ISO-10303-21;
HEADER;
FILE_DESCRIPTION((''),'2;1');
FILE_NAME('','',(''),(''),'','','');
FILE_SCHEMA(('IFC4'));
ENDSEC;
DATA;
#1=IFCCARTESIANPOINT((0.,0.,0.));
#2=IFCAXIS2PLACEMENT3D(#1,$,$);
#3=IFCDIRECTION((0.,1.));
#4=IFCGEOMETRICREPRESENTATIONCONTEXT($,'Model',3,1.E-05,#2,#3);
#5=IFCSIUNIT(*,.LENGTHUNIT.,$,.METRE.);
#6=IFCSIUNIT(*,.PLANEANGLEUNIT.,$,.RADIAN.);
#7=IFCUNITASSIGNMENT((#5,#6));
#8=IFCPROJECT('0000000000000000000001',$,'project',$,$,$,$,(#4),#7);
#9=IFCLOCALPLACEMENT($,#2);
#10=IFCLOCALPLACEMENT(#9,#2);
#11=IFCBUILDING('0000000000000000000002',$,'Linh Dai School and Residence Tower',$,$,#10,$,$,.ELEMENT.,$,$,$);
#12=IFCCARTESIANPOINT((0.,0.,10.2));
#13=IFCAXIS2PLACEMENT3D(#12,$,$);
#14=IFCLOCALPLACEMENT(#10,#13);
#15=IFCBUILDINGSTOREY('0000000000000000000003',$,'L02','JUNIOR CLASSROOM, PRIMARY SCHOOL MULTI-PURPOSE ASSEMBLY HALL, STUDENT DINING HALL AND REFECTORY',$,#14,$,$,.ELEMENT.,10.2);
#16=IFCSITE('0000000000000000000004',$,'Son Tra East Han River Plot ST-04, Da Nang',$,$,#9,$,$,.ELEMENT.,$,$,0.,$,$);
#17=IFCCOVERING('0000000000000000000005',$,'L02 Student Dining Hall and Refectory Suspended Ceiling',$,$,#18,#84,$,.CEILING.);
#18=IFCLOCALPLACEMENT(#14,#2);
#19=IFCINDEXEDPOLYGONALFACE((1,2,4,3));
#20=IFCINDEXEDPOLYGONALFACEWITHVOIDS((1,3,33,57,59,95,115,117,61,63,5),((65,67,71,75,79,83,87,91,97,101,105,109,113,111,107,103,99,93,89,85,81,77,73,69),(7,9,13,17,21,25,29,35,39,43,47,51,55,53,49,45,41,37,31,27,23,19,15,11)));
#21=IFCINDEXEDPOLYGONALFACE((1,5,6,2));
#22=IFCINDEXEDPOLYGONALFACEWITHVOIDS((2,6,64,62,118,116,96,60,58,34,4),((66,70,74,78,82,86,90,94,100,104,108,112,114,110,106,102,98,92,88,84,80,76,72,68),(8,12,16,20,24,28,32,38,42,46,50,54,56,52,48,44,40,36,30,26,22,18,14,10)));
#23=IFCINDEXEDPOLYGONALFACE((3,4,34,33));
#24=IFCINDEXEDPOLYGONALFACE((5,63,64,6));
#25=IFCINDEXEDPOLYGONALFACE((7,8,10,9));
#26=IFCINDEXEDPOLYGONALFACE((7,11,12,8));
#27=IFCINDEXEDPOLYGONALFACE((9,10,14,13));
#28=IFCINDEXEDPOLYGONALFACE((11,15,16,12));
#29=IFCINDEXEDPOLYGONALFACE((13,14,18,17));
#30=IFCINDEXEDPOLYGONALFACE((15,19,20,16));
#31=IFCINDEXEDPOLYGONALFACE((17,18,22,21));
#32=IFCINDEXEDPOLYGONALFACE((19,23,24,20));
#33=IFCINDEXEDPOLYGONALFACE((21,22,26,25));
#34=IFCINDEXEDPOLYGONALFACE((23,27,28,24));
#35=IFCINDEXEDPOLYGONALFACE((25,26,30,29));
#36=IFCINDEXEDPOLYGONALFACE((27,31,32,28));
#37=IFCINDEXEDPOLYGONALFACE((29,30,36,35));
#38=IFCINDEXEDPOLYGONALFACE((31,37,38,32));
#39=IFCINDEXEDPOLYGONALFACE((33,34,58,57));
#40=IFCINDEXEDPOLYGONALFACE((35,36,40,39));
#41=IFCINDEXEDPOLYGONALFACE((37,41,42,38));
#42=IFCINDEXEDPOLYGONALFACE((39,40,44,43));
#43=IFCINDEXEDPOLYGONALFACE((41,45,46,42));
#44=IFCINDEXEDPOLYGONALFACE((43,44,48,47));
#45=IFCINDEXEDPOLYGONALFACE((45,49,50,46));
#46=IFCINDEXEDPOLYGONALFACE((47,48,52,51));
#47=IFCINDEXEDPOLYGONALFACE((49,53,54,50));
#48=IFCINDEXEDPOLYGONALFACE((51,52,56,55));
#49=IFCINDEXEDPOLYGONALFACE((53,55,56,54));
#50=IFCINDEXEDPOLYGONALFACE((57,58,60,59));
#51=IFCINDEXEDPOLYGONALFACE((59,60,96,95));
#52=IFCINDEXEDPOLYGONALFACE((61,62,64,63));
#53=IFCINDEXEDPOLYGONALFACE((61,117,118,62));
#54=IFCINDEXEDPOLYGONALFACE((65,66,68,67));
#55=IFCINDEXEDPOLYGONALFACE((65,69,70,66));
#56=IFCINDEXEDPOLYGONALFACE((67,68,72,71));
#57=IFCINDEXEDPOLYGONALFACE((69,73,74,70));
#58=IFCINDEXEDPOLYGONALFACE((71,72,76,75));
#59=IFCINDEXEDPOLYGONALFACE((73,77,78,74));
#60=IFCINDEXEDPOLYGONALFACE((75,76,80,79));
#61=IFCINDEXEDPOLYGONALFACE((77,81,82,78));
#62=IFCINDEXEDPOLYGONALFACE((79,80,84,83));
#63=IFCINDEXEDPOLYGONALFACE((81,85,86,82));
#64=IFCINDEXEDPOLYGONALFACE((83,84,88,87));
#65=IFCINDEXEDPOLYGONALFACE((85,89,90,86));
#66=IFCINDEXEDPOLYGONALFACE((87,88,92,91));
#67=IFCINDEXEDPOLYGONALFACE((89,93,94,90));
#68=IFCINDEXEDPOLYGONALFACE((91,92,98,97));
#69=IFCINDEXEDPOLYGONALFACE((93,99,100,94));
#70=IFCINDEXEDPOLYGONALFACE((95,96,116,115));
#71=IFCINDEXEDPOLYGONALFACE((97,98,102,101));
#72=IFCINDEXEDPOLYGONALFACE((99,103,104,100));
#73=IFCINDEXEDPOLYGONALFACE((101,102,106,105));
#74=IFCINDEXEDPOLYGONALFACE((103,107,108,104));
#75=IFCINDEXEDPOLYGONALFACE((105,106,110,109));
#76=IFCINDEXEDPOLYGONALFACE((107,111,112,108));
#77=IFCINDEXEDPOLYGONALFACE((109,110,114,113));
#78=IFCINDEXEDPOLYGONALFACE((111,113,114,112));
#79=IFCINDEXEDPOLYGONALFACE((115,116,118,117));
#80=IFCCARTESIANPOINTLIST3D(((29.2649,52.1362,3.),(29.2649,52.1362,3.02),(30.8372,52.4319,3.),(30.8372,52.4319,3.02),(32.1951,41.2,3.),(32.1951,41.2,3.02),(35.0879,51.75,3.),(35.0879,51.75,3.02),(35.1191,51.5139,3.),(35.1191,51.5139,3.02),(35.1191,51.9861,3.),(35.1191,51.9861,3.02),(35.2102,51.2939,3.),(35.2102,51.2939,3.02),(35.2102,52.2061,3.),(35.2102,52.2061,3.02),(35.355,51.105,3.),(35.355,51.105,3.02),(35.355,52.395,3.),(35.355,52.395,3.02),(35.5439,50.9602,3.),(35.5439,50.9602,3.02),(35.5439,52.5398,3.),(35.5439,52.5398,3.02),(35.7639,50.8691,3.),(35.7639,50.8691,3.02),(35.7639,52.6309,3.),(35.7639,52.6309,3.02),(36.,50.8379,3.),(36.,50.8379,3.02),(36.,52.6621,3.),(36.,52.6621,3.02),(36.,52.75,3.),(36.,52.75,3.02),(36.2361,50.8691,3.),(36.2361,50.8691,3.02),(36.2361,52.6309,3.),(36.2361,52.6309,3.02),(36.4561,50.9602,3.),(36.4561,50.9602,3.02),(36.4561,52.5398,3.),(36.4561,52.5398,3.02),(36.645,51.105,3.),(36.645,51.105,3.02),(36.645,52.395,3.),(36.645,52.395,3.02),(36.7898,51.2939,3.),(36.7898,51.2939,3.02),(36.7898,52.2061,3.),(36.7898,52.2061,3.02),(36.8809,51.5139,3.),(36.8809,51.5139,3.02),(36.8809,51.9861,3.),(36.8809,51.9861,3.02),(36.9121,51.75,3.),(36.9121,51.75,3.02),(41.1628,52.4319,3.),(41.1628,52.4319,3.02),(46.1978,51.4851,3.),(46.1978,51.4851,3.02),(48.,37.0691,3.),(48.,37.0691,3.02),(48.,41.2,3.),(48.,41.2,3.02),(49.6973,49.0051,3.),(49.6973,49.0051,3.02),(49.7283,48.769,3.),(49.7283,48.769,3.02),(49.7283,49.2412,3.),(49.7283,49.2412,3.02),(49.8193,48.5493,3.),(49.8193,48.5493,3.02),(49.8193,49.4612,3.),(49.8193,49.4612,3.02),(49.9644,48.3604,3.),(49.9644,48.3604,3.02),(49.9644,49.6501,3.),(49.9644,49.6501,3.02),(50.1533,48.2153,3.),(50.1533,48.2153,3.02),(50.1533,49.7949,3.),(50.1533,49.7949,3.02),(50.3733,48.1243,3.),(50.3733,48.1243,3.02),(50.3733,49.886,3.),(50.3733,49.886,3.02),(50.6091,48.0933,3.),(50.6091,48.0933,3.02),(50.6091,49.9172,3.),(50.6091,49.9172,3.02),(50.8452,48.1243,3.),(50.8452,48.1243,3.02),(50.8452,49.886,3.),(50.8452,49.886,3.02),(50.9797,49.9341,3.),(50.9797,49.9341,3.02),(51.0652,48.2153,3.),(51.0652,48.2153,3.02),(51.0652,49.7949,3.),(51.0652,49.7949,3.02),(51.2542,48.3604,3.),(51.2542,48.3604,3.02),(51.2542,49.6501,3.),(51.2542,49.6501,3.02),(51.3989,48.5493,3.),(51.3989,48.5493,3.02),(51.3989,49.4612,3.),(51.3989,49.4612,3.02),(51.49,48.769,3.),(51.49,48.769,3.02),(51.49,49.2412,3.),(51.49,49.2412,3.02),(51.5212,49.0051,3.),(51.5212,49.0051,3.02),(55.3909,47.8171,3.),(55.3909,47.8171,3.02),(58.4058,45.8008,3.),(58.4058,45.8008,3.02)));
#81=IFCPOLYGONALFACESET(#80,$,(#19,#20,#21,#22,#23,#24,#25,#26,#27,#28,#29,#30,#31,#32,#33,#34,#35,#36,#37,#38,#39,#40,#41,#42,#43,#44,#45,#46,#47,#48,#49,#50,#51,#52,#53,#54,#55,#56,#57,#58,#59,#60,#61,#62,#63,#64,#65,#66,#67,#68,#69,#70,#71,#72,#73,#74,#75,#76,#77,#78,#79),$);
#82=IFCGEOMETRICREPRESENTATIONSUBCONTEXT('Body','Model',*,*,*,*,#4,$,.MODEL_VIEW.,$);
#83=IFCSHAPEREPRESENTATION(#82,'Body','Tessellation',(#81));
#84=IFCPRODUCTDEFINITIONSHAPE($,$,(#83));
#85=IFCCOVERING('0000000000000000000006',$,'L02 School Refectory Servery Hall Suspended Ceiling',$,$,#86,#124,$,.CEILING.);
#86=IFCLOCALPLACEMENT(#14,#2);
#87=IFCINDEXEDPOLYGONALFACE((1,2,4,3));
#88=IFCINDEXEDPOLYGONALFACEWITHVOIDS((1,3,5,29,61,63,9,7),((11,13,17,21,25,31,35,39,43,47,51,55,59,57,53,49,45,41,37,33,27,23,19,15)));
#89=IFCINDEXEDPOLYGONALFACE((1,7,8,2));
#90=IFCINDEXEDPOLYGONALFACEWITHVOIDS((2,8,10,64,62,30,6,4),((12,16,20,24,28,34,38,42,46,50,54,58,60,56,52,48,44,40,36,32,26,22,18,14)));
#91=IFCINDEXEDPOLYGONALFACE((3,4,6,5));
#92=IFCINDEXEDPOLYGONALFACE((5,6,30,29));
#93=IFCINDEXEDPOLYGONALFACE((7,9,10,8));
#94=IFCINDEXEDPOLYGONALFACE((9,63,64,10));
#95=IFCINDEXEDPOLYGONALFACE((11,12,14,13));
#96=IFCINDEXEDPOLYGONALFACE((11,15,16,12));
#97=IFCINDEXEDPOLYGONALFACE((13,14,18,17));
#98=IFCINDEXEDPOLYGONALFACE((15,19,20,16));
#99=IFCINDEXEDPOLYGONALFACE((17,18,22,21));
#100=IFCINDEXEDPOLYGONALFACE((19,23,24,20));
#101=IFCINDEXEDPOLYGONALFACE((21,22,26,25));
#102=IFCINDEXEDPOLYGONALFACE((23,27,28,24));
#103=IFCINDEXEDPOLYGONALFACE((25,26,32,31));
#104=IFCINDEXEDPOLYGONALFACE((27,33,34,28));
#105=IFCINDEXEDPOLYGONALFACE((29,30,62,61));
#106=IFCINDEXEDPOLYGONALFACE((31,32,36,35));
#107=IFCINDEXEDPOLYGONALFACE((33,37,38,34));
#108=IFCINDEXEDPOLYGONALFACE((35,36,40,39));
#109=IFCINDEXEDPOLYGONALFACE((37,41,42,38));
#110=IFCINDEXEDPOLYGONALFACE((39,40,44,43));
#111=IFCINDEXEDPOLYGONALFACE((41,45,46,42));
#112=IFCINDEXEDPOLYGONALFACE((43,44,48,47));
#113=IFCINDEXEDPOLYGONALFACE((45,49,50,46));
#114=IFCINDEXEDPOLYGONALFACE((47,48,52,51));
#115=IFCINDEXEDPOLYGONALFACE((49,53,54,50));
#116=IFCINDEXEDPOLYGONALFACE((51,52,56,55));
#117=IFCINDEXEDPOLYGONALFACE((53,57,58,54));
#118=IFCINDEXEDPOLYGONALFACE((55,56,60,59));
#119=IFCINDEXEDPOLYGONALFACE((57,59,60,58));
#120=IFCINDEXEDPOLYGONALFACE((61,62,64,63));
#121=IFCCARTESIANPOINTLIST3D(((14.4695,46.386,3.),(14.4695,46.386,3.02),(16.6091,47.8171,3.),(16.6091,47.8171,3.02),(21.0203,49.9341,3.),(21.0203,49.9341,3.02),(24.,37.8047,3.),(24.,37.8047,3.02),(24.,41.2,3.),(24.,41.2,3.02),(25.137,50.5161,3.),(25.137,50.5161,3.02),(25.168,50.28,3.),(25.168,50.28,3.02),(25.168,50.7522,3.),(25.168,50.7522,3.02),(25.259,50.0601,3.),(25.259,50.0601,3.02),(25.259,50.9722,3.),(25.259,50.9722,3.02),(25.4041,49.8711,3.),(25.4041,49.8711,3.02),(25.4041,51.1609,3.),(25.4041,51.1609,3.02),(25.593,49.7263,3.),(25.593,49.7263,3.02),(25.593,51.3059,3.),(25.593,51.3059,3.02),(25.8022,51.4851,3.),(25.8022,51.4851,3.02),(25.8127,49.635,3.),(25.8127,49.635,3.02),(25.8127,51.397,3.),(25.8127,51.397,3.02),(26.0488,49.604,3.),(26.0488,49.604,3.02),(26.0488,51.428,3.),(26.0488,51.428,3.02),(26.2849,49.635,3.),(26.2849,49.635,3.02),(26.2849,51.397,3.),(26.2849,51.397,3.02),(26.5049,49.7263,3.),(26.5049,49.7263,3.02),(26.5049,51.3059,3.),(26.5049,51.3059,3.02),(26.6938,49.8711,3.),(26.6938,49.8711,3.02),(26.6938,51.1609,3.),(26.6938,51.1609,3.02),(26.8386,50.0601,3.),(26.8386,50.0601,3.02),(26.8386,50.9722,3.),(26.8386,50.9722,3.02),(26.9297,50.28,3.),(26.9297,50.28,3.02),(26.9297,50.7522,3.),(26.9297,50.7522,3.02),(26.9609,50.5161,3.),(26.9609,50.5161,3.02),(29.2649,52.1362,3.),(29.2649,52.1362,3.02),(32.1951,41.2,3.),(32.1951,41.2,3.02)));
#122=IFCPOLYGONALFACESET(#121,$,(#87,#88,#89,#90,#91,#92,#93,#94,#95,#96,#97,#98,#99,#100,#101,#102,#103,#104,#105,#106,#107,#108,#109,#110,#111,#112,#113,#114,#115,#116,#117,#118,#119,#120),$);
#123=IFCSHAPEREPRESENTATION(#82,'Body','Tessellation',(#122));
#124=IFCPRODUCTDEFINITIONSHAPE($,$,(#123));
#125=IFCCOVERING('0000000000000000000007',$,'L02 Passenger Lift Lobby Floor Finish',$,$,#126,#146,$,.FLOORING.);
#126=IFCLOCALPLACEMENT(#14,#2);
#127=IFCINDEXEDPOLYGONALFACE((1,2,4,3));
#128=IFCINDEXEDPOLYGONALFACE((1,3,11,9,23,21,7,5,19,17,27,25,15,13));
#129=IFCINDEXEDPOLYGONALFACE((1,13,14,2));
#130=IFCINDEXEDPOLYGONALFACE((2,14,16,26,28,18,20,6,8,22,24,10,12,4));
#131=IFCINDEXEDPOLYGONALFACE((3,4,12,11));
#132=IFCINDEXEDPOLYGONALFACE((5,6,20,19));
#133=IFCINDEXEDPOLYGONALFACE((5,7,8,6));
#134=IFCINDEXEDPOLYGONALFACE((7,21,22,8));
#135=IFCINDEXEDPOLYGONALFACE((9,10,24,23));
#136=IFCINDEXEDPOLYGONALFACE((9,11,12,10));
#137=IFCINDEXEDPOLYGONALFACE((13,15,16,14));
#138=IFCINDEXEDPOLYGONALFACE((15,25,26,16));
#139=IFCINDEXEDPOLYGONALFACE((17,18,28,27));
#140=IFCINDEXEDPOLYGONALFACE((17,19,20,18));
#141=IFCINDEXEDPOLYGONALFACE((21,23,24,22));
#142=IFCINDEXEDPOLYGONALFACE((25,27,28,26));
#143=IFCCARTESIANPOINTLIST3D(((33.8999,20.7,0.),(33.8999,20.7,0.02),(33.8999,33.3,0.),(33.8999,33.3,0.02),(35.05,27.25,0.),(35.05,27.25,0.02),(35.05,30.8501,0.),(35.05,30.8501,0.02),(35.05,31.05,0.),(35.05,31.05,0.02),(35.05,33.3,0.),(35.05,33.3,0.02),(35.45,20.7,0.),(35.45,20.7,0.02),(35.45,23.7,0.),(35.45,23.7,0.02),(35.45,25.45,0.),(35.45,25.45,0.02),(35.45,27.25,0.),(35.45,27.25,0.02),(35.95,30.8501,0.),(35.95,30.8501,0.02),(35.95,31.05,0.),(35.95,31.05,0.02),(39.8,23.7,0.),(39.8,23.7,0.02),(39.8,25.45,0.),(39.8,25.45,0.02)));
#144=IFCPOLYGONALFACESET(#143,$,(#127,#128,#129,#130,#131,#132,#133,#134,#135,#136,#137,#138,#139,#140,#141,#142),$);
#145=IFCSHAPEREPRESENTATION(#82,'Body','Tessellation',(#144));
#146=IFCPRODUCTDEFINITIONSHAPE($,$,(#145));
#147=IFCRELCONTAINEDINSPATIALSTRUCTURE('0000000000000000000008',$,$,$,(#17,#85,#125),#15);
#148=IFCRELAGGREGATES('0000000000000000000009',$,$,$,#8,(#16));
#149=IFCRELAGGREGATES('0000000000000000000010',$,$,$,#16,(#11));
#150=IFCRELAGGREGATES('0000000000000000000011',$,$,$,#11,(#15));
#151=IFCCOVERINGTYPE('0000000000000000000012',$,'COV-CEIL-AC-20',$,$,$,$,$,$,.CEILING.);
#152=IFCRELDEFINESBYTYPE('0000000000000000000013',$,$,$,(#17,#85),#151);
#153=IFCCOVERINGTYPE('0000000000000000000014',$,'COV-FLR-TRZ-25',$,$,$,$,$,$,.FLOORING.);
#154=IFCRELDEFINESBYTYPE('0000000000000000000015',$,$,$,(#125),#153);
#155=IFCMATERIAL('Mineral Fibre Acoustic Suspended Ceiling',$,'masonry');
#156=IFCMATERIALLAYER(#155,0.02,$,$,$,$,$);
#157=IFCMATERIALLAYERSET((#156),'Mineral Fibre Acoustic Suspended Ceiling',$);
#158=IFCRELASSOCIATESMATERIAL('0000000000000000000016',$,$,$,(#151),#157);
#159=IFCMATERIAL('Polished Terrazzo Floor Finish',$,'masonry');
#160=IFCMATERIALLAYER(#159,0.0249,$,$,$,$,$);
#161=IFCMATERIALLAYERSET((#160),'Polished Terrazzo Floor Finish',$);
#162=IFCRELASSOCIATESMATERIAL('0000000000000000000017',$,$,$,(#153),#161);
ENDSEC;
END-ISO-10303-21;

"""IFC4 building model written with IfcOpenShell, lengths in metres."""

from ifc_helpers import new_model, si_unit, direction, frame, origin, place, context, subcontext, project, spatial, polyline, outline, extrude, material, layer, layer_set, type_object, element, save


model = new_model("IFC4")

# Units and contexts
model_context = context("Model", 3, precision=1e-05, world=origin(), true_north=direction((0.0, 1.0)))
body_context = subcontext(model_context, "Body", "Model", "MODEL_VIEW")
ifc_project = project(units=[si_unit("LENGTHUNIT", "METRE"), si_unit("PLANEANGLEUNIT", "RADIAN")], contexts=[model_context])

# Site, building, storey
site_placement = place(None, origin())
site = spatial("IfcSite", under=ifc_project, at=site_placement, Name="Son Tra East Han River Plot ST-04, Da Nang", CompositionType="ELEMENT", RefElevation=0.0)
building_placement = place(site_placement, origin())
building = spatial("IfcBuilding", under=site, at=building_placement, Name="Linh Dai School and Residence Tower", CompositionType="ELEMENT")
storey_placement = place(building_placement, frame((0.0, 0.0, 10.2)))
storey = spatial("IfcBuildingStorey", under=building, at=storey_placement, Name="L02", Description="JUNIOR CLASSROOM, PRIMARY SCHOOL MULTI-PURPOSE ASSEMBLY HALL, STUDENT DINING HALL AND REFECTORY", CompositionType="ELEMENT", Elevation=10.2)

# Coverings
ifc_material_1 = material(Name="Mineral Fibre Acoustic Suspended Ceiling", Category="masonry")
ifc_layer_1 = layer(ifc_material_1, 0.02)
ifc_layer_set_1 = layer_set([ifc_layer_1], Name="Mineral Fibre Acoustic Suspended Ceiling")
covering_type_1 = type_object("IfcCoveringType", Name="COV-CEIL-AC-20", PredefinedType="CEILING", material=ifc_layer_set_1)
covering_1_placement = place(storey_placement, frame((0.0, 0.0, 3.0)))
element("IfcCovering", 1, at=covering_1_placement, inside=storey, type_object=covering_type_1, Name="L02 Student Dining Hall and Refectory Suspended Ceiling", PredefinedType="CEILING", context=body_context, shape_type="SweptSolid", body=[
    extrude(outline(polyline([(36.0, 52.75), (41.1628, 52.4319), (46.1978, 51.4851), (50.9797, 49.9341), (55.3909, 47.8171), (58.4058, 45.8008), (48.0, 37.0691), (48.0, 41.2), (32.1951, 41.2), (29.2649, 52.1362), (30.8372, 52.4319), (36.0, 52.75)]), holes=[polyline([(51.49, 48.769), (51.5212, 49.0051), (51.49, 49.2412), (51.3989, 49.4612), (51.2542, 49.6501), (51.0652, 49.7949), (50.8452, 49.886), (50.6091, 49.9172), (50.3733, 49.886), (50.1533, 49.7949), (49.9644, 49.6501), (49.8193, 49.4612), (49.7283, 49.2412), (49.6973, 49.0051), (49.7283, 48.769), (49.8193, 48.5493), (49.9644, 48.3604), (50.1533, 48.2153), (50.3733, 48.1243), (50.6091, 48.0933), (50.8452, 48.1243), (51.0652, 48.2153), (51.2542, 48.3604), (51.3989, 48.5493), (51.49, 48.769)]), polyline([(36.8809, 51.5139), (36.9121, 51.75), (36.8809, 51.9861), (36.7898, 52.2061), (36.645, 52.395), (36.4561, 52.5398), (36.2361, 52.6309), (36.0, 52.6621), (35.7639, 52.6309), (35.5439, 52.5398), (35.355, 52.395), (35.2102, 52.2061), (35.1191, 51.9861), (35.0879, 51.75), (35.1191, 51.5139), (35.2102, 51.2939), (35.355, 51.105), (35.5439, 50.9602), (35.7639, 50.8691), (36.0, 50.8379), (36.2361, 50.8691), (36.4561, 50.9602), (36.645, 51.105), (36.7898, 51.2939), (36.8809, 51.5139)])]), origin(), (0.0, 0.0, 1.0), 0.02),
])
covering_2_placement = place(storey_placement, frame((0.0, 0.0, 3.0)))
element("IfcCovering", 2, at=covering_2_placement, inside=storey, type_object=covering_type_1, Name="L02 School Refectory Servery Hall Suspended Ceiling", PredefinedType="CEILING", context=body_context, shape_type="SweptSolid", body=[
    extrude(outline(polyline([(21.0203, 49.9341), (25.8022, 51.4851), (29.2649, 52.1362), (32.1951, 41.2), (24.0, 41.2), (24.0, 37.8047), (14.4695, 46.386), (16.6091, 47.8171), (21.0203, 49.9341)]), holes=[polyline([(26.9297, 50.7522), (26.8386, 50.9722), (26.6938, 51.1609), (26.5049, 51.3059), (26.2849, 51.397), (26.0488, 51.428), (25.8127, 51.397), (25.593, 51.3059), (25.4041, 51.1609), (25.259, 50.9722), (25.168, 50.7522), (25.137, 50.5161), (25.168, 50.28), (25.259, 50.0601), (25.4041, 49.8711), (25.593, 49.7263), (25.8127, 49.635), (26.0488, 49.604), (26.2849, 49.635), (26.5049, 49.7263), (26.6938, 49.8711), (26.8386, 50.0601), (26.9297, 50.28), (26.9609, 50.5161), (26.9297, 50.7522)])]), origin(), (0.0, 0.0, 1.0), 0.02),
])
ifc_material_2 = material(Name="Polished Terrazzo Floor Finish", Category="masonry")
ifc_layer_2 = layer(ifc_material_2, 0.0249)
ifc_layer_set_2 = layer_set([ifc_layer_2], Name="Polished Terrazzo Floor Finish")
covering_type_2 = type_object("IfcCoveringType", Name="COV-FLR-TRZ-25", PredefinedType="FLOORING", material=ifc_layer_set_2)
covering_3_placement = place(storey_placement, origin())
element("IfcCovering", 3, at=covering_3_placement, inside=storey, type_object=covering_type_2, Name="L02 Passenger Lift Lobby Floor Finish", PredefinedType="FLOORING", context=body_context, shape_type="SweptSolid", body=[
    extrude(outline(polyline([(35.05, 33.3), (35.05, 31.05), (35.95, 31.05), (35.95, 30.8501), (35.05, 30.8501), (35.05, 27.25), (35.45, 27.25), (35.45, 25.45), (39.8, 25.45), (39.8, 23.7), (35.45, 23.7), (35.45, 20.7), (33.8999, 20.7), (33.8999, 33.3), (35.05, 33.3)])), origin(), (0.0, 0.0, 1.0), 0.02),
])

save(model, "model.ifc")
